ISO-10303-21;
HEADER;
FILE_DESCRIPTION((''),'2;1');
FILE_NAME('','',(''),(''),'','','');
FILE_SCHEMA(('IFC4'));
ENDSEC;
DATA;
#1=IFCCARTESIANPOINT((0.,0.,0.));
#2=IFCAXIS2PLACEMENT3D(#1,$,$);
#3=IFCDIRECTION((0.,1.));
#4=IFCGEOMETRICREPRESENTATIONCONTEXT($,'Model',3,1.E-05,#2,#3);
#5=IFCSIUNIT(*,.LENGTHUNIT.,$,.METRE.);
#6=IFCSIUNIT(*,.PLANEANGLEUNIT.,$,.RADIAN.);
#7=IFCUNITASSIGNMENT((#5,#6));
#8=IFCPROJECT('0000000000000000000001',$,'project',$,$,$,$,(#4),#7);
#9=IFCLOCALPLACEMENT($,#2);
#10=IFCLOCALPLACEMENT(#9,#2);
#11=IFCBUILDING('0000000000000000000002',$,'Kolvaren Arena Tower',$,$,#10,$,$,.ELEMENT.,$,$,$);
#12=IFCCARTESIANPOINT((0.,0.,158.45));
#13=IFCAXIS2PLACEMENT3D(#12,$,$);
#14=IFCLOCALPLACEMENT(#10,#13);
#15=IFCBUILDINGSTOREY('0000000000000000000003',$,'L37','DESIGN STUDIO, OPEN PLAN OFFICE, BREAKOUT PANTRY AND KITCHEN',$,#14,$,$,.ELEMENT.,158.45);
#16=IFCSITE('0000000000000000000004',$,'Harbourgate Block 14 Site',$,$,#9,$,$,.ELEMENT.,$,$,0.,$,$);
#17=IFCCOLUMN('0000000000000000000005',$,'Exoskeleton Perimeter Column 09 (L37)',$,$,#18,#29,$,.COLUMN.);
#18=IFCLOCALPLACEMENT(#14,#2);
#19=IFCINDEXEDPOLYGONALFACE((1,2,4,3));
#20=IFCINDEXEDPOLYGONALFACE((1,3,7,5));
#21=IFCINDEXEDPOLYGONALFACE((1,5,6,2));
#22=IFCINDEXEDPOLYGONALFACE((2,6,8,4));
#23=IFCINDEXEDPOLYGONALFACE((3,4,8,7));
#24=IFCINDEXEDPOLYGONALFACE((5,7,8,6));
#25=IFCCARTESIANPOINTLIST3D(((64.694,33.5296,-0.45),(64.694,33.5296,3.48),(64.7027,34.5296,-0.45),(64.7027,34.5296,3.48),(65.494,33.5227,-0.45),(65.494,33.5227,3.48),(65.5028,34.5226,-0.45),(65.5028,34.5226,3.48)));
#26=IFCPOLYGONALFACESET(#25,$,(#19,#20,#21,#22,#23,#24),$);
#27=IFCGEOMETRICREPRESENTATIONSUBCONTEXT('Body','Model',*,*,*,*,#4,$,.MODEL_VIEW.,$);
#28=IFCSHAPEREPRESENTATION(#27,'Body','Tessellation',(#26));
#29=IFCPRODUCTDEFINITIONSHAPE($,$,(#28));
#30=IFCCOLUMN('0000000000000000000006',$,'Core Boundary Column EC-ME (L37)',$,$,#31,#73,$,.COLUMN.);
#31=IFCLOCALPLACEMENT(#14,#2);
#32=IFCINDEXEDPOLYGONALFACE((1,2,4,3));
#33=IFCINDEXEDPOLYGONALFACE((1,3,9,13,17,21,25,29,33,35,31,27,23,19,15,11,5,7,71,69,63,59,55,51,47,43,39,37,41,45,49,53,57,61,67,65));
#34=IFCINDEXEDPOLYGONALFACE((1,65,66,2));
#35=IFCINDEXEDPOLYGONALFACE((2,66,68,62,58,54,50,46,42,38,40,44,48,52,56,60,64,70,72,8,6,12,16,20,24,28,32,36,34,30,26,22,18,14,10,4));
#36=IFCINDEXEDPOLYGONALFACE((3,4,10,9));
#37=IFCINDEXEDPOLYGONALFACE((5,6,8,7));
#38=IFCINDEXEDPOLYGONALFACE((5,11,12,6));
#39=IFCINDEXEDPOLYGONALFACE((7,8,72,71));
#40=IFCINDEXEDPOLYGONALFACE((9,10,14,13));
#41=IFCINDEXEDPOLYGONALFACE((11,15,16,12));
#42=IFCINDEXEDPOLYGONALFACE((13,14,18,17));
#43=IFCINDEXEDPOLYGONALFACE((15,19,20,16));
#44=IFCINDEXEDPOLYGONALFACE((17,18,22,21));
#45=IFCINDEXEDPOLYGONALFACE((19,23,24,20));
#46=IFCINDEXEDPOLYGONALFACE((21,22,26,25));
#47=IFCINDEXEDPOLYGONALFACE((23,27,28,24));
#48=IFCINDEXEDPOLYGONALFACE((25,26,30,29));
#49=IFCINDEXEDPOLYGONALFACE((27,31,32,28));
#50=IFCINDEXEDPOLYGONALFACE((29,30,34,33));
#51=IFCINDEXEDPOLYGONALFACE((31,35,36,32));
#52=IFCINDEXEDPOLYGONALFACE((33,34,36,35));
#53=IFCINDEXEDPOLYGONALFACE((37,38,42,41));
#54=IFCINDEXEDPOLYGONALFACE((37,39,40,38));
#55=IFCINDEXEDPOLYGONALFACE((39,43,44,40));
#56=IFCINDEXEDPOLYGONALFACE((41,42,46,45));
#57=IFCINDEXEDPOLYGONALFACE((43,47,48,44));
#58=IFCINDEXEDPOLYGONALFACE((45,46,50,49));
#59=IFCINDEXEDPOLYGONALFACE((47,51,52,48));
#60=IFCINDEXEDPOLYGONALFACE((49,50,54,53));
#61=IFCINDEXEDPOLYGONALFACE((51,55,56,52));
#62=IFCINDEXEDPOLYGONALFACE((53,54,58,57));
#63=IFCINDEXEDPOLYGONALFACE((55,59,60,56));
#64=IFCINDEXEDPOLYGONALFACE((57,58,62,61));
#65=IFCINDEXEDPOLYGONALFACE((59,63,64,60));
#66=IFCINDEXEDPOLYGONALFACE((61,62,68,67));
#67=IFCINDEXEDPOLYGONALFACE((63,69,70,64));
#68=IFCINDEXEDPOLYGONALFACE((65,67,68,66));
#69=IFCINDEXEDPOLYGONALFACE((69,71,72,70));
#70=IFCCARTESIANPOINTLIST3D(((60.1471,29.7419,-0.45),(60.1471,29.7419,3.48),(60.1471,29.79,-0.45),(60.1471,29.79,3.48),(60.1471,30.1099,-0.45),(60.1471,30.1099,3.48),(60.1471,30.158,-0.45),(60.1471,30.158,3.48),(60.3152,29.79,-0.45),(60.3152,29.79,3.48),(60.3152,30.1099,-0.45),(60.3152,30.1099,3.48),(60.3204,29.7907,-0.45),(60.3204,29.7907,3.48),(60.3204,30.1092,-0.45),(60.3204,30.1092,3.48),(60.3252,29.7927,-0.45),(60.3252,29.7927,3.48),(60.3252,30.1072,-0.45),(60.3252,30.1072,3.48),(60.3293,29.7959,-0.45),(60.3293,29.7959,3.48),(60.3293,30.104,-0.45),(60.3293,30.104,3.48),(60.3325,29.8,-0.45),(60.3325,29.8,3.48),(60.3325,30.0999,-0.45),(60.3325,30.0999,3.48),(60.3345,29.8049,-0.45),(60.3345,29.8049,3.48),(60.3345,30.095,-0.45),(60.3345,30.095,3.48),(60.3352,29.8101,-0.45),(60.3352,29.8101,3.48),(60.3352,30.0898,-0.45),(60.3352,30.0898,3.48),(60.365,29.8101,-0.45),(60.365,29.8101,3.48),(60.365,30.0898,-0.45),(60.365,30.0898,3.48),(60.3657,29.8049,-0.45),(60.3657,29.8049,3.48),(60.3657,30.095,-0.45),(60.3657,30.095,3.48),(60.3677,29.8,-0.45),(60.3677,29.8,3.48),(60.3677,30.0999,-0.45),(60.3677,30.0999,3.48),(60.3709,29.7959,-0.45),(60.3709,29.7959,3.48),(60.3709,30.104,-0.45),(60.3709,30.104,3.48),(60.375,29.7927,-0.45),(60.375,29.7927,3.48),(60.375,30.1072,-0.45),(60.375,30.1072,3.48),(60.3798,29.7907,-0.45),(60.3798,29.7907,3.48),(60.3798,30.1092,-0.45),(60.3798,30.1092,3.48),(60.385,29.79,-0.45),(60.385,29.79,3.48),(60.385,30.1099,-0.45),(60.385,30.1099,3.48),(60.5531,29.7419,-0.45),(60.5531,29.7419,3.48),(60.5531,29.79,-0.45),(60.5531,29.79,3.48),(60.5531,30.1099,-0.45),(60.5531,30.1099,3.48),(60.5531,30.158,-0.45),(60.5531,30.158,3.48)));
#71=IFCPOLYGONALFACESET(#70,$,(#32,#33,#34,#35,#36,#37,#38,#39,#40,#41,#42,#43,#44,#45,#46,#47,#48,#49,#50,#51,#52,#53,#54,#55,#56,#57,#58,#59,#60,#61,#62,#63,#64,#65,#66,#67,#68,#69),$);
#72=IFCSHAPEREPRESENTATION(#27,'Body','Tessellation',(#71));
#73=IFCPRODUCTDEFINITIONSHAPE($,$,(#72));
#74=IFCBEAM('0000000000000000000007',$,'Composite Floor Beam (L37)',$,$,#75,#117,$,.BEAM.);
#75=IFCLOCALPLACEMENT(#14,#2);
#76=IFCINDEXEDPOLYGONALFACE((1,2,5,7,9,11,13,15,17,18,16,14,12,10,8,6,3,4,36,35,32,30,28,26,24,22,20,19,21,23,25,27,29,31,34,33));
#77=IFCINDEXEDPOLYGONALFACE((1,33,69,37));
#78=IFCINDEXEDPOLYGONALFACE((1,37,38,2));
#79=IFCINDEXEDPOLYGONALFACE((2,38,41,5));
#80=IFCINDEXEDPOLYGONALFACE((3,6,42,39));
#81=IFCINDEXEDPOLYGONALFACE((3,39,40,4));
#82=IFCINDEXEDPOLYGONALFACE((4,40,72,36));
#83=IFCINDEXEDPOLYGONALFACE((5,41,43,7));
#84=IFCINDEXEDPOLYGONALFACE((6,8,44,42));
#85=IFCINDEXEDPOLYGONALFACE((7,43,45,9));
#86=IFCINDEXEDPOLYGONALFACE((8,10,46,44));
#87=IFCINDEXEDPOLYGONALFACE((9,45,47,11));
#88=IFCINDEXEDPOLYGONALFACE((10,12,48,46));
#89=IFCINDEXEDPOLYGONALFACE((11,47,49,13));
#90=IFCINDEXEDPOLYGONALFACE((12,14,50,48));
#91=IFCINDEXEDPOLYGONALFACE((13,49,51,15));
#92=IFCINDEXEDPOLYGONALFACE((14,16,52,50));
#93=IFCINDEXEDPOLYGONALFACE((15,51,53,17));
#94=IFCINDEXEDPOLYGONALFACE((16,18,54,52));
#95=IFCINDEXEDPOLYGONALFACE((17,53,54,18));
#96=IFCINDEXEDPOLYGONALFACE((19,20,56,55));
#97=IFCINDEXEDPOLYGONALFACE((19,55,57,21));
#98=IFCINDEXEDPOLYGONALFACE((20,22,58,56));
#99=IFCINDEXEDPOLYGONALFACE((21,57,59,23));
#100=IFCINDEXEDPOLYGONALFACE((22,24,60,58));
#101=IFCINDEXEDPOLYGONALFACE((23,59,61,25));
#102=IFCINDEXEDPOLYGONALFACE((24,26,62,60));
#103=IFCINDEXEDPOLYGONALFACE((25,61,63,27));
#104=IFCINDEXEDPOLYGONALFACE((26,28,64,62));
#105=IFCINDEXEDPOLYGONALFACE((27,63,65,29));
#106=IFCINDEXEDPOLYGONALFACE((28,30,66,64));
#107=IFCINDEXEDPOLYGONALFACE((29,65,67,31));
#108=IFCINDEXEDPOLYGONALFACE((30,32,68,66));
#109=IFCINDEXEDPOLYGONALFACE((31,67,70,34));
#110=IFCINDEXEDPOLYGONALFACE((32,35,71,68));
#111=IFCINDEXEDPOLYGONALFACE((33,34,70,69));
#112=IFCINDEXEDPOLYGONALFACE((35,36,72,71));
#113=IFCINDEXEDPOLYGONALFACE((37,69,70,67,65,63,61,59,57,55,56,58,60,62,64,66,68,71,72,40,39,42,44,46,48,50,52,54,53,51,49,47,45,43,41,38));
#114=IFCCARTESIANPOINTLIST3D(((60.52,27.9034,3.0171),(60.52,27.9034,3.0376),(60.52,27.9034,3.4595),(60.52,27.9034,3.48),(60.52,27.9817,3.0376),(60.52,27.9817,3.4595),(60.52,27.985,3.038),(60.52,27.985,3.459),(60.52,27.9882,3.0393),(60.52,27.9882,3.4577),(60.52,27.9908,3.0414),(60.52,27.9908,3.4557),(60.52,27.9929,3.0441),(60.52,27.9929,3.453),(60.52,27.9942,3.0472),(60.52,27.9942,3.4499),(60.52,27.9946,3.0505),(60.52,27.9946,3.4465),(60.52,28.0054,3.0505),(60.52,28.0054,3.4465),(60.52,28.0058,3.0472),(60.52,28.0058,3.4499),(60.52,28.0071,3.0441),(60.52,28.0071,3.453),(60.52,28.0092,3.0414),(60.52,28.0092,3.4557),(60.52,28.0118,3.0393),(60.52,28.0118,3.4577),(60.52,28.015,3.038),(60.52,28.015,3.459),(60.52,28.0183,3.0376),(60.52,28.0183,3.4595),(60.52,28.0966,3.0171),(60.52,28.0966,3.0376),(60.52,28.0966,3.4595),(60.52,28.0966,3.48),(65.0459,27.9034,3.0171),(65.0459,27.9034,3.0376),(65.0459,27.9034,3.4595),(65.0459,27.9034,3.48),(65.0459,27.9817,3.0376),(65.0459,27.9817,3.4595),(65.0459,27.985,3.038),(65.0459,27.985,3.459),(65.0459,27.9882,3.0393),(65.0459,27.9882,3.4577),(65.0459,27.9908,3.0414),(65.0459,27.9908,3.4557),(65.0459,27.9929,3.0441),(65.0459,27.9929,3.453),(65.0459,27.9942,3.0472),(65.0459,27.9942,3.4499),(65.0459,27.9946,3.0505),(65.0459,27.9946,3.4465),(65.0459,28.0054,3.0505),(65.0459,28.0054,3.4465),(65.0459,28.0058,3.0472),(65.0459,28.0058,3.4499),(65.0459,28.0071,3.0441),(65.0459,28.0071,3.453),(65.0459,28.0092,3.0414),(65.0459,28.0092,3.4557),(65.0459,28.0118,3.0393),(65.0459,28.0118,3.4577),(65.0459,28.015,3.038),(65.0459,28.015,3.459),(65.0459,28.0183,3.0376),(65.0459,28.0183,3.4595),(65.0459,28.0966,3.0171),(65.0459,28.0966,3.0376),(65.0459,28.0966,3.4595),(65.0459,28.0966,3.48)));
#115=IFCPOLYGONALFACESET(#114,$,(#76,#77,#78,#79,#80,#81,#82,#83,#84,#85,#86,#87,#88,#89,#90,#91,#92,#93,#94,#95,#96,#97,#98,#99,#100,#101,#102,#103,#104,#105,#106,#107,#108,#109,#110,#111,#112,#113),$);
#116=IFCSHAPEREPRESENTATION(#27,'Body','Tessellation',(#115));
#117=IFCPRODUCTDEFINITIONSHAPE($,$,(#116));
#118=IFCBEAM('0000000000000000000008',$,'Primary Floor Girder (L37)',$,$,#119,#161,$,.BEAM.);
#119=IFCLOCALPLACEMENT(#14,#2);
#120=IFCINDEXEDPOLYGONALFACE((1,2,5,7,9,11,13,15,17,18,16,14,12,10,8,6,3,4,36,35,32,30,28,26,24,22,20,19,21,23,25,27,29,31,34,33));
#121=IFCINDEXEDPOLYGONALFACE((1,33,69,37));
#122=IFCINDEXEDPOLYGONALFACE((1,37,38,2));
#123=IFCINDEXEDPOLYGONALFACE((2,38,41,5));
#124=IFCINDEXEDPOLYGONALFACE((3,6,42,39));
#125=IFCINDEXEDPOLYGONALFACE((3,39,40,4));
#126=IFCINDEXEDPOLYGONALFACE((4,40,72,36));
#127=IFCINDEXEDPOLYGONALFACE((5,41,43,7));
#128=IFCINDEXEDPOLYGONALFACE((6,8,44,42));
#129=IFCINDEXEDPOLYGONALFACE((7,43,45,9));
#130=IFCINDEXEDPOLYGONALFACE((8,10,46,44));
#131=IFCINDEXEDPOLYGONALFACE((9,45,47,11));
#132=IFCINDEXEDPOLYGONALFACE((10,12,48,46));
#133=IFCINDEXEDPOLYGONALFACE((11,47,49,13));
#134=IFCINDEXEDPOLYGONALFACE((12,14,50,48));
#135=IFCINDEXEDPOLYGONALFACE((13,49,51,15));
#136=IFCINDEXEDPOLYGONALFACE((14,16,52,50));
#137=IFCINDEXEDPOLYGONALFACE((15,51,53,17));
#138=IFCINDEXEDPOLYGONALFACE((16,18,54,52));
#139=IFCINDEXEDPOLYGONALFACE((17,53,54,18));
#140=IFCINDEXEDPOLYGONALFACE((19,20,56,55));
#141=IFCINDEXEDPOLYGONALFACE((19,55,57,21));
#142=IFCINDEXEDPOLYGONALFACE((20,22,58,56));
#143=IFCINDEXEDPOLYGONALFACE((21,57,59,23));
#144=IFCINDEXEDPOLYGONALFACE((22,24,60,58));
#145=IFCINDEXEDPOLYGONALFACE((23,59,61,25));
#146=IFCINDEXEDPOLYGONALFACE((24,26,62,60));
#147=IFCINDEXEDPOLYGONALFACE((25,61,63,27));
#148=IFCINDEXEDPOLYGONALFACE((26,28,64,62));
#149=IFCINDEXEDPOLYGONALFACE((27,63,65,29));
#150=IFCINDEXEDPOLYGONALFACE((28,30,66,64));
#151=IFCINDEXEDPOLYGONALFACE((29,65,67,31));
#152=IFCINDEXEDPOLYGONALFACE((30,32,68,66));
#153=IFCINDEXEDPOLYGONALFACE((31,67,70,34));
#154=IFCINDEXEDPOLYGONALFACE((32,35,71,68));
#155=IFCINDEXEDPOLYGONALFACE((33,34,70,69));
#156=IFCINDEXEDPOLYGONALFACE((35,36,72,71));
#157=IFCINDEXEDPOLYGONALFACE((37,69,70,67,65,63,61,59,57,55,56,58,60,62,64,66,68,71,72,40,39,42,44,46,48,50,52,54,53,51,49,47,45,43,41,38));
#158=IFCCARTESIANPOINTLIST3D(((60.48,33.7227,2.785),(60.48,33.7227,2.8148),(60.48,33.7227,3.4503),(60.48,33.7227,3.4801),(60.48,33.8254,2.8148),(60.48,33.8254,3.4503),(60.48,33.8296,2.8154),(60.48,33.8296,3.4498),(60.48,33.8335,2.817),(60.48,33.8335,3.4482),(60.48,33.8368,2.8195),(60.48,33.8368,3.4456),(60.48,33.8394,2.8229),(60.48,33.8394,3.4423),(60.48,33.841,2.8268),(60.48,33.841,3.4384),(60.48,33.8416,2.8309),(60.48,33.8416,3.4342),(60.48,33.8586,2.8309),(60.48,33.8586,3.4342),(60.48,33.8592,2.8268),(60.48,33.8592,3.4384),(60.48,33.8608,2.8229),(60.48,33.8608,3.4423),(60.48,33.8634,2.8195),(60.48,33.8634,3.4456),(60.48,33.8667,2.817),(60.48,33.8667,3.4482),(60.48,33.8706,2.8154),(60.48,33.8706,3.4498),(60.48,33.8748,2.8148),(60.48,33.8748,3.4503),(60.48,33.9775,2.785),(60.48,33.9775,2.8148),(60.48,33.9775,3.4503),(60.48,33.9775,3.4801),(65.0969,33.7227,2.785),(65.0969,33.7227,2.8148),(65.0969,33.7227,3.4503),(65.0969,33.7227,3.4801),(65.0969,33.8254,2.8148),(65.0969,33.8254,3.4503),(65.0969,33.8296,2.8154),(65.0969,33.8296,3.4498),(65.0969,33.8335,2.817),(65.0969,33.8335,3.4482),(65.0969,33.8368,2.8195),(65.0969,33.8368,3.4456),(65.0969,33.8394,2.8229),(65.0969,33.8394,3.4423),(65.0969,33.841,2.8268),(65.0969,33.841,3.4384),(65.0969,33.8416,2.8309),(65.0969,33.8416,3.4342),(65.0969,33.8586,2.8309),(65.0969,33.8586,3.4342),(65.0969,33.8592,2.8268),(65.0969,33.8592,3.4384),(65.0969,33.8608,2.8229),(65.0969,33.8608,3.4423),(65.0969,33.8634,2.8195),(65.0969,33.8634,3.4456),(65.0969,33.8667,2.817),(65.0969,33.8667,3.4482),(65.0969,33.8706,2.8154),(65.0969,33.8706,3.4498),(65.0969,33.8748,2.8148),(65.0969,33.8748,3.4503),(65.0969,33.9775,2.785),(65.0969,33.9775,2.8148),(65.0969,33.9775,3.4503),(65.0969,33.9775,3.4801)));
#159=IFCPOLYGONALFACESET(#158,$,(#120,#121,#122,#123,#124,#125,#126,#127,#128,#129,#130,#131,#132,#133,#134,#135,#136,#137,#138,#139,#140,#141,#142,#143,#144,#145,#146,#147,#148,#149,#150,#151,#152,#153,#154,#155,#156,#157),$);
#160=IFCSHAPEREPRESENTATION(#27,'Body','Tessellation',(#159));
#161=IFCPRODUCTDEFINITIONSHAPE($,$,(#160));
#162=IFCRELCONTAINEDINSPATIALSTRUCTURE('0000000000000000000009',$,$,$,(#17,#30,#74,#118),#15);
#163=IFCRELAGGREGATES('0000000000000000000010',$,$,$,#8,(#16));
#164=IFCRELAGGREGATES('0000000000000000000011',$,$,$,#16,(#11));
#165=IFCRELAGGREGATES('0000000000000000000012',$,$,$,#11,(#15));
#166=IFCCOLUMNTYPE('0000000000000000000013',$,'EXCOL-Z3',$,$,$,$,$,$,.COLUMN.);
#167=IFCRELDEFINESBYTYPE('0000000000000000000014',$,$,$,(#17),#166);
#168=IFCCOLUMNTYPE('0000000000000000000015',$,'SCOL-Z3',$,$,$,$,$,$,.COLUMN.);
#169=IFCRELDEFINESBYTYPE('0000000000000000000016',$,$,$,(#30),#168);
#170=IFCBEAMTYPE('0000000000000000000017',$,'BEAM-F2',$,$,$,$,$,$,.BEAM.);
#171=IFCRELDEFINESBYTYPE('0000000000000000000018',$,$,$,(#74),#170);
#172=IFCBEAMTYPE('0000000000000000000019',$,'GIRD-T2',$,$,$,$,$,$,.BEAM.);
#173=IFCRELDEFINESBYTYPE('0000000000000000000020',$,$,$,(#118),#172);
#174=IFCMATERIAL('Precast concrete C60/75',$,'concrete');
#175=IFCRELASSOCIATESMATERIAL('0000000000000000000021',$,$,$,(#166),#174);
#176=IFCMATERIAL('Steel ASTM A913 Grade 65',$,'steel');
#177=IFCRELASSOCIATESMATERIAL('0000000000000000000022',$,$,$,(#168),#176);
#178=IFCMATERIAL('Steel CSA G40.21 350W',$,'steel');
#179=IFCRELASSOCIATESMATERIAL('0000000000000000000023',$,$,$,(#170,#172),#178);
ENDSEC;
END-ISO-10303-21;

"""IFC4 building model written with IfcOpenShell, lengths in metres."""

from ifc_helpers import new_model, si_unit, direction, frame, origin, origin_2d, place, context, subcontext, project, spatial, rectangle, i_section, extrude, material, material_profile, profile_set, type_object, element, save


model = new_model("IFC4")

# Units and contexts
model_context = context("Model", 3, precision=1e-05, world=origin(), true_north=direction((0.0, 1.0)))
body_context = subcontext(model_context, "Body", "Model", "MODEL_VIEW")
ifc_project = project(units=[si_unit("LENGTHUNIT", "METRE"), si_unit("PLANEANGLEUNIT", "RADIAN")], contexts=[model_context])

# Site, building, storey
site_placement = place(None, origin())
site = spatial("IfcSite", under=ifc_project, at=site_placement, Name="Harbourgate Block 14 Site", CompositionType="ELEMENT", RefElevation=0.0)
building_placement = place(site_placement, origin())
building = spatial("IfcBuilding", under=site, at=building_placement, Name="Kolvaren Arena Tower", CompositionType="ELEMENT")
storey_placement = place(building_placement, frame((0.0, 0.0, 158.45)))
storey = spatial("IfcBuildingStorey", under=building, at=storey_placement, Name="L37", Description="DESIGN STUDIO, OPEN PLAN OFFICE, BREAKOUT PANTRY AND KITCHEN", CompositionType="ELEMENT", Elevation=158.45)

# Columns
ifc_material_1 = material(Name="Precast concrete C60/75", Category="concrete")
ifc_material_profile_1 = material_profile(ifc_material_1, rectangle(XDim=1.0, YDim=0.8, at=origin_2d()), Name="RC-1000x800")
ifc_profile_set_1 = profile_set([ifc_material_profile_1], Name="Precast concrete C60/75")
column_type_1 = type_object("IfcColumnType", Name="EXCOL-Z3", PredefinedType="COLUMN", material=ifc_profile_set_1)
column_1_placement = place(storey_placement, frame((65.0984, 34.0261, -0.45), z_axis=(0.0, 0.0, 1.0), x_axis=(0.008727, 0.999962, 0.0)))
element("IfcColumn", 1, at=column_1_placement, inside=storey, type_object=column_type_1, Name="Exoskeleton Perimeter Column 09 (L37)", PredefinedType="COLUMN", context=body_context, shape_type="SweptSolid", body=[
    extrude(rectangle(XDim=1.0, YDim=0.8, at=origin_2d()), origin(), (0.0, 0.0, 1.0), 3.9299),
])
ifc_material_2 = material(Name="Steel ASTM A913 Grade 65", Category="steel")
ifc_material_profile_2 = material_profile(ifc_material_2, i_section(OverallWidth=0.406, OverallDepth=0.416, WebThickness=0.0298, FlangeThickness=0.0481, FilletRadius=0.02, at=origin_2d()), Name="W360x382")
ifc_profile_set_2 = profile_set([ifc_material_profile_2], Name="Steel ASTM A913 Grade 65")
column_type_2 = type_object("IfcColumnType", Name="SCOL-Z3", PredefinedType="COLUMN", material=ifc_profile_set_2)
column_2_placement = place(storey_placement, frame((60.3501, 29.95, -0.45), z_axis=(0.0, 0.0, 1.0), x_axis=(1.0, 0.0, 0.0)))
element("IfcColumn", 2, at=column_2_placement, inside=storey, type_object=column_type_2, Name="Core Boundary Column EC-ME (L37)", PredefinedType="COLUMN", context=body_context, shape_type="SweptSolid", body=[
    extrude(i_section(OverallWidth=0.406, OverallDepth=0.416, WebThickness=0.0298, FlangeThickness=0.0481, FilletRadius=0.02, at=origin_2d()), origin(), (0.0, 0.0, 1.0), 3.9299),
])

# Beams
ifc_material_3 = material(Name="Steel CSA G40.21 350W", Category="steel")
ifc_material_profile_3 = material_profile(ifc_material_3, i_section(OverallWidth=0.1931, OverallDepth=0.4629, WebThickness=0.0107, FlangeThickness=0.0205, FilletRadius=0.0129, at=origin_2d()), Name="W460x113")
ifc_profile_set_3 = profile_set([ifc_material_profile_3], Name="Steel CSA G40.21 350W")
beam_type_1 = type_object("IfcBeamType", Name="BEAM-F2", PredefinedType="BEAM", material=ifc_profile_set_3)
beam_1_placement = place(storey_placement, frame((60.52, 28.0, 3.2485), z_axis=(1.0, 0.0, 0.0), x_axis=(0.0, 1.0, 0.0)))
element("IfcBeam", 3, at=beam_1_placement, inside=storey, type_object=beam_type_1, Name="Composite Floor Beam (L37)", PredefinedType="BEAM", context=body_context, shape_type="SweptSolid", body=[
    extrude(i_section(OverallWidth=0.1931, OverallDepth=0.4629, WebThickness=0.0107, FlangeThickness=0.0205, FilletRadius=0.0129, at=origin_2d()), origin(), (0.0, 0.0, 1.0), 4.5259),
])
ifc_material_profile_4 = material_profile(ifc_material_3, i_section(OverallWidth=0.2549, OverallDepth=0.6951, WebThickness=0.0171, FlangeThickness=0.0298, FilletRadius=0.0161, at=origin_2d()), Name="W690x217")
ifc_profile_set_4 = profile_set([ifc_material_profile_4], Name="Steel CSA G40.21 350W")
beam_type_2 = type_object("IfcBeamType", Name="GIRD-T2", PredefinedType="BEAM", material=ifc_profile_set_4)
beam_2_placement = place(storey_placement, frame((60.48, 33.8501, 3.1326), z_axis=(1.0, 0.0, 0.0), x_axis=(0.0, 1.0, 0.0)))
element("IfcBeam", 4, at=beam_2_placement, inside=storey, type_object=beam_type_2, Name="Primary Floor Girder (L37)", PredefinedType="BEAM", context=body_context, shape_type="SweptSolid", body=[
    extrude(i_section(OverallWidth=0.2549, OverallDepth=0.6951, WebThickness=0.0171, FlangeThickness=0.0298, FilletRadius=0.0161, at=origin_2d()), origin(), (0.0, 0.0, 1.0), 4.6169),
])

save(model, "model.ifc")
